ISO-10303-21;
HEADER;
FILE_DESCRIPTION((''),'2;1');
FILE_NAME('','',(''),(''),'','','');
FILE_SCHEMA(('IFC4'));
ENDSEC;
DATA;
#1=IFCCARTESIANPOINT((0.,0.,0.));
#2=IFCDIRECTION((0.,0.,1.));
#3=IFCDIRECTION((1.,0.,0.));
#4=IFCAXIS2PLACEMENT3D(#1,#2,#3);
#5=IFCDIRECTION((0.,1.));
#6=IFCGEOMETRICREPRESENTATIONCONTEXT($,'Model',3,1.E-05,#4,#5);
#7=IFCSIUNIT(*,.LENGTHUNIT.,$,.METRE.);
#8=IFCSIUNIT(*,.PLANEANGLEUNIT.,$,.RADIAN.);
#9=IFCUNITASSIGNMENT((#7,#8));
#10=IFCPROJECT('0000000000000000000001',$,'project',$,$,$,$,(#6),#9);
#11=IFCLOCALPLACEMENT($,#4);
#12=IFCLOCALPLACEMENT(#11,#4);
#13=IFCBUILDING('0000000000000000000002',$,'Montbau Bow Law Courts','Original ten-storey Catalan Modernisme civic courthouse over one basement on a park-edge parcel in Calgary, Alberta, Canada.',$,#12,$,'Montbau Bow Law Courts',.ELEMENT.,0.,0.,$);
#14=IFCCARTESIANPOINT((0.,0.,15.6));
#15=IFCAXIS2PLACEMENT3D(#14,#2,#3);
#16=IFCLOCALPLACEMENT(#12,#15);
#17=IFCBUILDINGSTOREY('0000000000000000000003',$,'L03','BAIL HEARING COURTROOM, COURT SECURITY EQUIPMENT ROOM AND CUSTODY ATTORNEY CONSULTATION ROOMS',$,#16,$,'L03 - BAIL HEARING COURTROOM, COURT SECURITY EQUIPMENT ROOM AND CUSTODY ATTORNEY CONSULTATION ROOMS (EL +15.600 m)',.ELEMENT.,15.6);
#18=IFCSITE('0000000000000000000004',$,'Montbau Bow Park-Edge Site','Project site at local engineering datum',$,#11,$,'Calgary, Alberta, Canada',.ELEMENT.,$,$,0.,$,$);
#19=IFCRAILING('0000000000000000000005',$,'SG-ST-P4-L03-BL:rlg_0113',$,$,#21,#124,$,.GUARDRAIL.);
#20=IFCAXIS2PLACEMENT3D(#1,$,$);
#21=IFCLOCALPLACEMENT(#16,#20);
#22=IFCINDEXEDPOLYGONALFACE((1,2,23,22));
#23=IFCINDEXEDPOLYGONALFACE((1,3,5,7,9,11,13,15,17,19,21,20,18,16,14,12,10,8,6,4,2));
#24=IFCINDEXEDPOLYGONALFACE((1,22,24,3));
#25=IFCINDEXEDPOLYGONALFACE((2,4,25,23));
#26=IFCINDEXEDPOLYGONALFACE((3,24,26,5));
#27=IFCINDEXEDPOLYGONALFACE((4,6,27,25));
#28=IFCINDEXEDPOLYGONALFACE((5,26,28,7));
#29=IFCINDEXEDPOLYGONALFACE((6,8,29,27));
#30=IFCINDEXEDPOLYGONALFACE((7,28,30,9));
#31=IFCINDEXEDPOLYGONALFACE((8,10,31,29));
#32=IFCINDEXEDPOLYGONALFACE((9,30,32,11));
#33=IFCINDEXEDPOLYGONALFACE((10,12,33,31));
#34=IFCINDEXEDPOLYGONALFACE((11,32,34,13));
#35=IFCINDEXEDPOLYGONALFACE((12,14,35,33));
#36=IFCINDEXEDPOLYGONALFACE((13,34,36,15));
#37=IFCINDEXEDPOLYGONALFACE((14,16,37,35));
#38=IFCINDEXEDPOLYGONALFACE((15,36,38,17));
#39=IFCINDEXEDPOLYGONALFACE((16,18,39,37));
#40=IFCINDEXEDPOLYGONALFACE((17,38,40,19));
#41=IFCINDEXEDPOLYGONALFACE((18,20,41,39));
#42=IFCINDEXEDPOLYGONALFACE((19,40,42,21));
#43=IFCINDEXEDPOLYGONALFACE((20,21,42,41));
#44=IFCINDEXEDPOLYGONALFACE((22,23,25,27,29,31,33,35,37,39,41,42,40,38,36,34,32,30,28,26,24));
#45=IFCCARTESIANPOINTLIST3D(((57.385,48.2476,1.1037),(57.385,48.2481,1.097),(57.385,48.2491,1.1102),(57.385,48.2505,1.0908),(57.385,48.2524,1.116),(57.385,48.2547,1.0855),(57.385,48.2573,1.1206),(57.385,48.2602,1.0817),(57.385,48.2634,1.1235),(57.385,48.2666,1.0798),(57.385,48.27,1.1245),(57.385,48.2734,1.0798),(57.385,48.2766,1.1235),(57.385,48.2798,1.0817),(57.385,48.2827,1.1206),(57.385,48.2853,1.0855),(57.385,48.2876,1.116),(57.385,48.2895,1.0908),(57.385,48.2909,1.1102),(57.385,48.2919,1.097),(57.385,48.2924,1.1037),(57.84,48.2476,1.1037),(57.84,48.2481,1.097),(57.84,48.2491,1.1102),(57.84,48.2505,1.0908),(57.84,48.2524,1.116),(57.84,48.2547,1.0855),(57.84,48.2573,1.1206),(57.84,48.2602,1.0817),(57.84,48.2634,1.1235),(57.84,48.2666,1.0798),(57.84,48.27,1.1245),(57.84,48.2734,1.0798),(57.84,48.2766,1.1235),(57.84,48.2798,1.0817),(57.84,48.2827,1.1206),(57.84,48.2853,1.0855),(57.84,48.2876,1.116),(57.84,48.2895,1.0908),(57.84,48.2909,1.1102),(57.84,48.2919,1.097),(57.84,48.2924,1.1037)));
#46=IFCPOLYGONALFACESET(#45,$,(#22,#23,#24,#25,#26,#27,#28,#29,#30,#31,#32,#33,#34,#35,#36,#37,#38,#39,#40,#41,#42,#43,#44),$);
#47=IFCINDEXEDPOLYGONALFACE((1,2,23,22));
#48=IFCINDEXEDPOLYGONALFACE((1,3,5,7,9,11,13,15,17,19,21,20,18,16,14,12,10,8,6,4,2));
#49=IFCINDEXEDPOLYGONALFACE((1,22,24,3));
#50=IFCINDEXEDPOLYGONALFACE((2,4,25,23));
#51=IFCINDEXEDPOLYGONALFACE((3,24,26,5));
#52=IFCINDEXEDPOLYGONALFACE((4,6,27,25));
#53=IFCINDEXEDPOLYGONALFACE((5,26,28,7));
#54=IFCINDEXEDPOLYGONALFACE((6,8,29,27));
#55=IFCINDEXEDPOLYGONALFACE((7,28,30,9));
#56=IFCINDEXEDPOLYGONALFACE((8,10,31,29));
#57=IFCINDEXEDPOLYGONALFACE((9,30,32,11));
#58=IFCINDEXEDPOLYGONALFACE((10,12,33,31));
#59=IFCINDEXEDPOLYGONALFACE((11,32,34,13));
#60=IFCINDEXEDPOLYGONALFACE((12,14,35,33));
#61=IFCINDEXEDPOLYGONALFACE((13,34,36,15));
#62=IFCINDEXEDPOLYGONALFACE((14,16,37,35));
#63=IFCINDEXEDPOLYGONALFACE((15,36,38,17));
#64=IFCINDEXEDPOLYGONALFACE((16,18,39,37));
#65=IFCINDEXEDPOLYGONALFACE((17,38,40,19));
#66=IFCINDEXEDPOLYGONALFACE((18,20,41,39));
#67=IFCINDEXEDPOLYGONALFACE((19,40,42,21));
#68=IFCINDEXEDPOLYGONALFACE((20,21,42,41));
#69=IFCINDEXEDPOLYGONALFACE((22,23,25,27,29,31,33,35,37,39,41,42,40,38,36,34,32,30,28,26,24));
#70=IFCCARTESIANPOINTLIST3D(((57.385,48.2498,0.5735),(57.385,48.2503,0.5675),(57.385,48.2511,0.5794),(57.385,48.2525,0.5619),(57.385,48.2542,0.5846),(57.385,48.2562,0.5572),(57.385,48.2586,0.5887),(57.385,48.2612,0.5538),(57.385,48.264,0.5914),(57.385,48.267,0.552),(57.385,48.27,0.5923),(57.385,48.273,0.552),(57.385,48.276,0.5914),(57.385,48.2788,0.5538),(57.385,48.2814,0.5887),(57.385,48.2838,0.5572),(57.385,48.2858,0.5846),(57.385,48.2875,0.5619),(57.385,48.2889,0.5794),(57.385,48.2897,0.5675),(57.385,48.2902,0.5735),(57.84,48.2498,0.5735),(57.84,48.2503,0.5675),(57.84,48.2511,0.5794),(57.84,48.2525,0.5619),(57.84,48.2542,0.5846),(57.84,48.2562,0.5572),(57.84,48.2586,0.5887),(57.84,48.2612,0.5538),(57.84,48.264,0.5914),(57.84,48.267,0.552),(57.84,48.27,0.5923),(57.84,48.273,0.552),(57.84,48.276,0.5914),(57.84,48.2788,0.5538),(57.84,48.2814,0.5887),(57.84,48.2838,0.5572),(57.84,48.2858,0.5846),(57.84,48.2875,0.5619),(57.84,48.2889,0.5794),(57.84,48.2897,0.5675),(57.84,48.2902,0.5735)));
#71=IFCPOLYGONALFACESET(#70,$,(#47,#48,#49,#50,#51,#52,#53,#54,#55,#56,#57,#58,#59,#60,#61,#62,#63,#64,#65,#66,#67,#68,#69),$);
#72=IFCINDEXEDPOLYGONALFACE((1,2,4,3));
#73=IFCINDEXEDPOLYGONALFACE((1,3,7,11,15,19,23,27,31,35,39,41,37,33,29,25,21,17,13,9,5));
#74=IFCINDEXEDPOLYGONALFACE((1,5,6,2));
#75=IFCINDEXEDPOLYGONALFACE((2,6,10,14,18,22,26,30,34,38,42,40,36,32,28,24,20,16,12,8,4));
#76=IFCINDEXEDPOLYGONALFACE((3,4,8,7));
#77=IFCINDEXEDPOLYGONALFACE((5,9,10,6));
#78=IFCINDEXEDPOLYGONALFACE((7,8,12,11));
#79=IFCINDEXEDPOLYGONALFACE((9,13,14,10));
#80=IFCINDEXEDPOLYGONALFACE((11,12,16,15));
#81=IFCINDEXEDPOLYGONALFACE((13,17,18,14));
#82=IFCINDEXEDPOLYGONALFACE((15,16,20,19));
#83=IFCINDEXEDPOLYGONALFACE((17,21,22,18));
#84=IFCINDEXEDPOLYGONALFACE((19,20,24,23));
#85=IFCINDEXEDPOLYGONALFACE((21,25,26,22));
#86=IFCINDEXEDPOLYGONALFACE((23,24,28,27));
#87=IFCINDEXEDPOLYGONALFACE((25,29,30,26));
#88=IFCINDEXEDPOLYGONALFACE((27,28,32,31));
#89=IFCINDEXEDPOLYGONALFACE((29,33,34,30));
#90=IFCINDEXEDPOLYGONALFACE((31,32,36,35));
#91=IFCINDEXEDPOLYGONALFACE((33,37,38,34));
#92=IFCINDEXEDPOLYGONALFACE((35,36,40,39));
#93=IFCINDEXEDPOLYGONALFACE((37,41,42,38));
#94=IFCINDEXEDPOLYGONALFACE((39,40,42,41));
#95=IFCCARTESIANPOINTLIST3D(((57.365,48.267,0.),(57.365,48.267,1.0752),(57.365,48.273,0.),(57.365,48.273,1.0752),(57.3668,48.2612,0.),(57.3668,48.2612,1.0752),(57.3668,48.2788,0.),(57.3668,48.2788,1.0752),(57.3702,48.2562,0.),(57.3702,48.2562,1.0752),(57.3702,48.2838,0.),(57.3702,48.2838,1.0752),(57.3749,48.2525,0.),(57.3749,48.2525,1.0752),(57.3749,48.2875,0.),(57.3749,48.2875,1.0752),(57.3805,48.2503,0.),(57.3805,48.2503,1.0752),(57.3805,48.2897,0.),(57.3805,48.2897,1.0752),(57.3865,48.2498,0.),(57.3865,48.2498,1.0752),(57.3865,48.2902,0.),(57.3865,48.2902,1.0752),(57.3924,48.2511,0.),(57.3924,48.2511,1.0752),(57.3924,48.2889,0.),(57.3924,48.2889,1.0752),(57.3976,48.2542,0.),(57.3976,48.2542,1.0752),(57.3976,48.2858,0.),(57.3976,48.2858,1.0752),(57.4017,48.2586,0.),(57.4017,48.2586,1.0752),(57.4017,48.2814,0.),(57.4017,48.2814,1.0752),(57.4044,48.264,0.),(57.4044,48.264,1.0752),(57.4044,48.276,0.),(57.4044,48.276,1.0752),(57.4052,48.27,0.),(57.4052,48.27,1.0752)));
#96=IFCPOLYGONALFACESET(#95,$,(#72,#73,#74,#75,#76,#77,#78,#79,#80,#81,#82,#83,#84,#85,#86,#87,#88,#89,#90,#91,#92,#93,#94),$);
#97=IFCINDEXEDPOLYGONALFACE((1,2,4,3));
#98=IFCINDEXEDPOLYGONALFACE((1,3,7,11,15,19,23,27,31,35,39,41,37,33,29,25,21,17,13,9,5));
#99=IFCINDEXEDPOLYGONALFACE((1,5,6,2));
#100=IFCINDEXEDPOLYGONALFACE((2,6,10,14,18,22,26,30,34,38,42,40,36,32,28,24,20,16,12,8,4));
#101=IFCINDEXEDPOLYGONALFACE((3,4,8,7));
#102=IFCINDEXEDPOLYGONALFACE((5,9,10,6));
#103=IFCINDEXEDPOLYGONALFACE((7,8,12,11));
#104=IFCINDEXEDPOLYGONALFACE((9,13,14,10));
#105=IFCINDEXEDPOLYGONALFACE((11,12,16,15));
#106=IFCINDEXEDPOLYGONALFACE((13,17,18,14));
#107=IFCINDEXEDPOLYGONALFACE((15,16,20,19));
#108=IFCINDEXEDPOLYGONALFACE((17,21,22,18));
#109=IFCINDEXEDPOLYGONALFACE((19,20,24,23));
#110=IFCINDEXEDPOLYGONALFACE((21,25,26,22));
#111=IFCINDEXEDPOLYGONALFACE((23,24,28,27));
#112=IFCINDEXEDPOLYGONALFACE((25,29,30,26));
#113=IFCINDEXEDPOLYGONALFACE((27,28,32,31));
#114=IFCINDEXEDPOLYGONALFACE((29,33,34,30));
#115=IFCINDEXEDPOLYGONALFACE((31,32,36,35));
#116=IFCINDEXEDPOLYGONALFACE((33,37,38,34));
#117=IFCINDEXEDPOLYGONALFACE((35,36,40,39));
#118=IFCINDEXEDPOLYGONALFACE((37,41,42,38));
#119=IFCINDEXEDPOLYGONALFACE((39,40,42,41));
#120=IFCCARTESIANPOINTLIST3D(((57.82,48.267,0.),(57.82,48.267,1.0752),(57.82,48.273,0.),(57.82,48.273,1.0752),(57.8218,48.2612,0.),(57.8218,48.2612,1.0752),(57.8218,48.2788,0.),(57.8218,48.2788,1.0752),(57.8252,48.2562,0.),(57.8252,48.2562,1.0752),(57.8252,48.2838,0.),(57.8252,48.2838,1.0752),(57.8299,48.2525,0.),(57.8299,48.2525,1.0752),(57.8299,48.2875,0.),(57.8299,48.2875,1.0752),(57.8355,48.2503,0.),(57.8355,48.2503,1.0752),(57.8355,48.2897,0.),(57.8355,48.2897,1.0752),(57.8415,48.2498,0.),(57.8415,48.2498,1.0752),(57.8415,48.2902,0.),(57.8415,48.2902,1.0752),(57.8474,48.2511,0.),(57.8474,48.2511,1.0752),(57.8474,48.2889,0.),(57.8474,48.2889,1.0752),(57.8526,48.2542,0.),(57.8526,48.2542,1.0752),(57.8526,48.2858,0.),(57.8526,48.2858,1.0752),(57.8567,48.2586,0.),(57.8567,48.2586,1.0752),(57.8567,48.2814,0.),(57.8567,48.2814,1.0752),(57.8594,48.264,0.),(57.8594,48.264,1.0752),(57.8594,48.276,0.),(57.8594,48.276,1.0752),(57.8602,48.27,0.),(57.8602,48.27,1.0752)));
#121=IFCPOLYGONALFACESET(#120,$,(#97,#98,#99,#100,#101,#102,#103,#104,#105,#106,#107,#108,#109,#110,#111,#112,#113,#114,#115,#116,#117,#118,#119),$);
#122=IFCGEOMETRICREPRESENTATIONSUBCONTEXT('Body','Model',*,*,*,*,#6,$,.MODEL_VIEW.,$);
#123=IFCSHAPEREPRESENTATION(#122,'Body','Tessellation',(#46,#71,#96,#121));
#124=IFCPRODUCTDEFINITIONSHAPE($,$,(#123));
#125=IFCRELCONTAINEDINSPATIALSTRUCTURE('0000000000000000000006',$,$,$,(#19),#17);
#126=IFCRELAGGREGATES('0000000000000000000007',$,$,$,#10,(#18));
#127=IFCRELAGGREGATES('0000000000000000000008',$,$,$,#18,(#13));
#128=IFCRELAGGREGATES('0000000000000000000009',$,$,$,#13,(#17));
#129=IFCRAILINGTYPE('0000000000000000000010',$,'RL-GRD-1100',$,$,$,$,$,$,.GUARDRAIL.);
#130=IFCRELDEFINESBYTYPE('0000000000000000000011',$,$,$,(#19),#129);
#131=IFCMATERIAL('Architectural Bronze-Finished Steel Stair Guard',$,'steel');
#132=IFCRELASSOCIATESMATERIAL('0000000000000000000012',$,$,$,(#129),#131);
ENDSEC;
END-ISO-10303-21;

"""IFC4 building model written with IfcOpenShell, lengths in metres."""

from ifc_helpers import new_model, si_unit, direction, frame, origin_with_axes, origin_2d_with_axis, place, context, subcontext, project, spatial, circle, extrude, material, type_object, element, save


model = new_model("IFC4")

# Units and contexts
model_context = context("Model", 3, precision=1e-05, world=origin_with_axes(), true_north=direction((0.0, 1.0)))
body_context = subcontext(model_context, "Body", "Model", "MODEL_VIEW")
ifc_project = project(units=[si_unit("LENGTHUNIT", "METRE"), si_unit("PLANEANGLEUNIT", "RADIAN")], contexts=[model_context])

# Site, building, storey
site_placement = place(None, origin_with_axes())
site = spatial("IfcSite", under=ifc_project, at=site_placement, Name="Montbau Bow Park-Edge Site", Description="Project site at local engineering datum", LongName="Calgary, Alberta, Canada", CompositionType="ELEMENT", RefElevation=0.0)
building_placement = place(site_placement, origin_with_axes())
building = spatial("IfcBuilding", under=site, at=building_placement, Name="Montbau Bow Law Courts", Description="Original ten-storey Catalan Modernisme civic courthouse over one basement on a park-edge parcel in Calgary, Alberta, Canada.", LongName="Montbau Bow Law Courts", CompositionType="ELEMENT", ElevationOfRefHeight=0.0, ElevationOfTerrain=0.0)
storey_placement = place(building_placement, frame((0.0, 0.0, 15.6), z_axis=(0.0, 0.0, 1.0), x_axis=(1.0, 0.0, 0.0)))
storey = spatial("IfcBuildingStorey", under=building, at=storey_placement, Name="L03", Description="BAIL HEARING COURTROOM, COURT SECURITY EQUIPMENT ROOM AND CUSTODY ATTORNEY CONSULTATION ROOMS", LongName="L03 - BAIL HEARING COURTROOM, COURT SECURITY EQUIPMENT ROOM AND CUSTODY ATTORNEY CONSULTATION ROOMS (EL +15.600 m)", CompositionType="ELEMENT", Elevation=15.6)

# Railing
ifc_material_1 = material(Name="Architectural Bronze-Finished Steel Stair Guard", Category="steel")
railing_type_1 = type_object("IfcRailingType", Name="RL-GRD-1100", PredefinedType="GUARDRAIL", material=ifc_material_1)
railing_1_placement = place(None, origin_with_axes())
element("IfcRailing", 1, at=railing_1_placement, inside=storey, type_object=railing_type_1, Name="SG-ST-P4-L03-BL:rlg_0113", PredefinedType="GUARDRAIL", context=body_context, shape_type="SweptSolid", body=[
    extrude(circle(Radius=0.0225, at=origin_2d_with_axis()), frame((57.385, 48.27, 16.702), z_axis=(1.0, 0.0, 0.0), x_axis=(0.0, 0.0, 1.0)), (0.0, 0.0, 1.0), 0.455),
    extrude(circle(Radius=0.0203, at=origin_2d_with_axis()), frame((57.385, 48.27, 16.172), z_axis=(1.0, 0.0, 0.0), x_axis=(0.0, 0.0, 1.0)), (0.0, 0.0, 1.0), 0.455),
    extrude(circle(Radius=0.0203, at=origin_2d_with_axis()), frame((57.385, 48.27, 15.6), z_axis=(0.0, 0.0, 1.0), x_axis=(1.0, 0.0, 0.0)), (0.0, 0.0, 1.0), 1.0753),
    extrude(circle(Radius=0.0203, at=origin_2d_with_axis()), frame((57.84, 48.27, 15.6), z_axis=(0.0, 0.0, 1.0), x_axis=(1.0, 0.0, 0.0)), (0.0, 0.0, 1.0), 1.0753),
])

save(model, "model.ifc")
